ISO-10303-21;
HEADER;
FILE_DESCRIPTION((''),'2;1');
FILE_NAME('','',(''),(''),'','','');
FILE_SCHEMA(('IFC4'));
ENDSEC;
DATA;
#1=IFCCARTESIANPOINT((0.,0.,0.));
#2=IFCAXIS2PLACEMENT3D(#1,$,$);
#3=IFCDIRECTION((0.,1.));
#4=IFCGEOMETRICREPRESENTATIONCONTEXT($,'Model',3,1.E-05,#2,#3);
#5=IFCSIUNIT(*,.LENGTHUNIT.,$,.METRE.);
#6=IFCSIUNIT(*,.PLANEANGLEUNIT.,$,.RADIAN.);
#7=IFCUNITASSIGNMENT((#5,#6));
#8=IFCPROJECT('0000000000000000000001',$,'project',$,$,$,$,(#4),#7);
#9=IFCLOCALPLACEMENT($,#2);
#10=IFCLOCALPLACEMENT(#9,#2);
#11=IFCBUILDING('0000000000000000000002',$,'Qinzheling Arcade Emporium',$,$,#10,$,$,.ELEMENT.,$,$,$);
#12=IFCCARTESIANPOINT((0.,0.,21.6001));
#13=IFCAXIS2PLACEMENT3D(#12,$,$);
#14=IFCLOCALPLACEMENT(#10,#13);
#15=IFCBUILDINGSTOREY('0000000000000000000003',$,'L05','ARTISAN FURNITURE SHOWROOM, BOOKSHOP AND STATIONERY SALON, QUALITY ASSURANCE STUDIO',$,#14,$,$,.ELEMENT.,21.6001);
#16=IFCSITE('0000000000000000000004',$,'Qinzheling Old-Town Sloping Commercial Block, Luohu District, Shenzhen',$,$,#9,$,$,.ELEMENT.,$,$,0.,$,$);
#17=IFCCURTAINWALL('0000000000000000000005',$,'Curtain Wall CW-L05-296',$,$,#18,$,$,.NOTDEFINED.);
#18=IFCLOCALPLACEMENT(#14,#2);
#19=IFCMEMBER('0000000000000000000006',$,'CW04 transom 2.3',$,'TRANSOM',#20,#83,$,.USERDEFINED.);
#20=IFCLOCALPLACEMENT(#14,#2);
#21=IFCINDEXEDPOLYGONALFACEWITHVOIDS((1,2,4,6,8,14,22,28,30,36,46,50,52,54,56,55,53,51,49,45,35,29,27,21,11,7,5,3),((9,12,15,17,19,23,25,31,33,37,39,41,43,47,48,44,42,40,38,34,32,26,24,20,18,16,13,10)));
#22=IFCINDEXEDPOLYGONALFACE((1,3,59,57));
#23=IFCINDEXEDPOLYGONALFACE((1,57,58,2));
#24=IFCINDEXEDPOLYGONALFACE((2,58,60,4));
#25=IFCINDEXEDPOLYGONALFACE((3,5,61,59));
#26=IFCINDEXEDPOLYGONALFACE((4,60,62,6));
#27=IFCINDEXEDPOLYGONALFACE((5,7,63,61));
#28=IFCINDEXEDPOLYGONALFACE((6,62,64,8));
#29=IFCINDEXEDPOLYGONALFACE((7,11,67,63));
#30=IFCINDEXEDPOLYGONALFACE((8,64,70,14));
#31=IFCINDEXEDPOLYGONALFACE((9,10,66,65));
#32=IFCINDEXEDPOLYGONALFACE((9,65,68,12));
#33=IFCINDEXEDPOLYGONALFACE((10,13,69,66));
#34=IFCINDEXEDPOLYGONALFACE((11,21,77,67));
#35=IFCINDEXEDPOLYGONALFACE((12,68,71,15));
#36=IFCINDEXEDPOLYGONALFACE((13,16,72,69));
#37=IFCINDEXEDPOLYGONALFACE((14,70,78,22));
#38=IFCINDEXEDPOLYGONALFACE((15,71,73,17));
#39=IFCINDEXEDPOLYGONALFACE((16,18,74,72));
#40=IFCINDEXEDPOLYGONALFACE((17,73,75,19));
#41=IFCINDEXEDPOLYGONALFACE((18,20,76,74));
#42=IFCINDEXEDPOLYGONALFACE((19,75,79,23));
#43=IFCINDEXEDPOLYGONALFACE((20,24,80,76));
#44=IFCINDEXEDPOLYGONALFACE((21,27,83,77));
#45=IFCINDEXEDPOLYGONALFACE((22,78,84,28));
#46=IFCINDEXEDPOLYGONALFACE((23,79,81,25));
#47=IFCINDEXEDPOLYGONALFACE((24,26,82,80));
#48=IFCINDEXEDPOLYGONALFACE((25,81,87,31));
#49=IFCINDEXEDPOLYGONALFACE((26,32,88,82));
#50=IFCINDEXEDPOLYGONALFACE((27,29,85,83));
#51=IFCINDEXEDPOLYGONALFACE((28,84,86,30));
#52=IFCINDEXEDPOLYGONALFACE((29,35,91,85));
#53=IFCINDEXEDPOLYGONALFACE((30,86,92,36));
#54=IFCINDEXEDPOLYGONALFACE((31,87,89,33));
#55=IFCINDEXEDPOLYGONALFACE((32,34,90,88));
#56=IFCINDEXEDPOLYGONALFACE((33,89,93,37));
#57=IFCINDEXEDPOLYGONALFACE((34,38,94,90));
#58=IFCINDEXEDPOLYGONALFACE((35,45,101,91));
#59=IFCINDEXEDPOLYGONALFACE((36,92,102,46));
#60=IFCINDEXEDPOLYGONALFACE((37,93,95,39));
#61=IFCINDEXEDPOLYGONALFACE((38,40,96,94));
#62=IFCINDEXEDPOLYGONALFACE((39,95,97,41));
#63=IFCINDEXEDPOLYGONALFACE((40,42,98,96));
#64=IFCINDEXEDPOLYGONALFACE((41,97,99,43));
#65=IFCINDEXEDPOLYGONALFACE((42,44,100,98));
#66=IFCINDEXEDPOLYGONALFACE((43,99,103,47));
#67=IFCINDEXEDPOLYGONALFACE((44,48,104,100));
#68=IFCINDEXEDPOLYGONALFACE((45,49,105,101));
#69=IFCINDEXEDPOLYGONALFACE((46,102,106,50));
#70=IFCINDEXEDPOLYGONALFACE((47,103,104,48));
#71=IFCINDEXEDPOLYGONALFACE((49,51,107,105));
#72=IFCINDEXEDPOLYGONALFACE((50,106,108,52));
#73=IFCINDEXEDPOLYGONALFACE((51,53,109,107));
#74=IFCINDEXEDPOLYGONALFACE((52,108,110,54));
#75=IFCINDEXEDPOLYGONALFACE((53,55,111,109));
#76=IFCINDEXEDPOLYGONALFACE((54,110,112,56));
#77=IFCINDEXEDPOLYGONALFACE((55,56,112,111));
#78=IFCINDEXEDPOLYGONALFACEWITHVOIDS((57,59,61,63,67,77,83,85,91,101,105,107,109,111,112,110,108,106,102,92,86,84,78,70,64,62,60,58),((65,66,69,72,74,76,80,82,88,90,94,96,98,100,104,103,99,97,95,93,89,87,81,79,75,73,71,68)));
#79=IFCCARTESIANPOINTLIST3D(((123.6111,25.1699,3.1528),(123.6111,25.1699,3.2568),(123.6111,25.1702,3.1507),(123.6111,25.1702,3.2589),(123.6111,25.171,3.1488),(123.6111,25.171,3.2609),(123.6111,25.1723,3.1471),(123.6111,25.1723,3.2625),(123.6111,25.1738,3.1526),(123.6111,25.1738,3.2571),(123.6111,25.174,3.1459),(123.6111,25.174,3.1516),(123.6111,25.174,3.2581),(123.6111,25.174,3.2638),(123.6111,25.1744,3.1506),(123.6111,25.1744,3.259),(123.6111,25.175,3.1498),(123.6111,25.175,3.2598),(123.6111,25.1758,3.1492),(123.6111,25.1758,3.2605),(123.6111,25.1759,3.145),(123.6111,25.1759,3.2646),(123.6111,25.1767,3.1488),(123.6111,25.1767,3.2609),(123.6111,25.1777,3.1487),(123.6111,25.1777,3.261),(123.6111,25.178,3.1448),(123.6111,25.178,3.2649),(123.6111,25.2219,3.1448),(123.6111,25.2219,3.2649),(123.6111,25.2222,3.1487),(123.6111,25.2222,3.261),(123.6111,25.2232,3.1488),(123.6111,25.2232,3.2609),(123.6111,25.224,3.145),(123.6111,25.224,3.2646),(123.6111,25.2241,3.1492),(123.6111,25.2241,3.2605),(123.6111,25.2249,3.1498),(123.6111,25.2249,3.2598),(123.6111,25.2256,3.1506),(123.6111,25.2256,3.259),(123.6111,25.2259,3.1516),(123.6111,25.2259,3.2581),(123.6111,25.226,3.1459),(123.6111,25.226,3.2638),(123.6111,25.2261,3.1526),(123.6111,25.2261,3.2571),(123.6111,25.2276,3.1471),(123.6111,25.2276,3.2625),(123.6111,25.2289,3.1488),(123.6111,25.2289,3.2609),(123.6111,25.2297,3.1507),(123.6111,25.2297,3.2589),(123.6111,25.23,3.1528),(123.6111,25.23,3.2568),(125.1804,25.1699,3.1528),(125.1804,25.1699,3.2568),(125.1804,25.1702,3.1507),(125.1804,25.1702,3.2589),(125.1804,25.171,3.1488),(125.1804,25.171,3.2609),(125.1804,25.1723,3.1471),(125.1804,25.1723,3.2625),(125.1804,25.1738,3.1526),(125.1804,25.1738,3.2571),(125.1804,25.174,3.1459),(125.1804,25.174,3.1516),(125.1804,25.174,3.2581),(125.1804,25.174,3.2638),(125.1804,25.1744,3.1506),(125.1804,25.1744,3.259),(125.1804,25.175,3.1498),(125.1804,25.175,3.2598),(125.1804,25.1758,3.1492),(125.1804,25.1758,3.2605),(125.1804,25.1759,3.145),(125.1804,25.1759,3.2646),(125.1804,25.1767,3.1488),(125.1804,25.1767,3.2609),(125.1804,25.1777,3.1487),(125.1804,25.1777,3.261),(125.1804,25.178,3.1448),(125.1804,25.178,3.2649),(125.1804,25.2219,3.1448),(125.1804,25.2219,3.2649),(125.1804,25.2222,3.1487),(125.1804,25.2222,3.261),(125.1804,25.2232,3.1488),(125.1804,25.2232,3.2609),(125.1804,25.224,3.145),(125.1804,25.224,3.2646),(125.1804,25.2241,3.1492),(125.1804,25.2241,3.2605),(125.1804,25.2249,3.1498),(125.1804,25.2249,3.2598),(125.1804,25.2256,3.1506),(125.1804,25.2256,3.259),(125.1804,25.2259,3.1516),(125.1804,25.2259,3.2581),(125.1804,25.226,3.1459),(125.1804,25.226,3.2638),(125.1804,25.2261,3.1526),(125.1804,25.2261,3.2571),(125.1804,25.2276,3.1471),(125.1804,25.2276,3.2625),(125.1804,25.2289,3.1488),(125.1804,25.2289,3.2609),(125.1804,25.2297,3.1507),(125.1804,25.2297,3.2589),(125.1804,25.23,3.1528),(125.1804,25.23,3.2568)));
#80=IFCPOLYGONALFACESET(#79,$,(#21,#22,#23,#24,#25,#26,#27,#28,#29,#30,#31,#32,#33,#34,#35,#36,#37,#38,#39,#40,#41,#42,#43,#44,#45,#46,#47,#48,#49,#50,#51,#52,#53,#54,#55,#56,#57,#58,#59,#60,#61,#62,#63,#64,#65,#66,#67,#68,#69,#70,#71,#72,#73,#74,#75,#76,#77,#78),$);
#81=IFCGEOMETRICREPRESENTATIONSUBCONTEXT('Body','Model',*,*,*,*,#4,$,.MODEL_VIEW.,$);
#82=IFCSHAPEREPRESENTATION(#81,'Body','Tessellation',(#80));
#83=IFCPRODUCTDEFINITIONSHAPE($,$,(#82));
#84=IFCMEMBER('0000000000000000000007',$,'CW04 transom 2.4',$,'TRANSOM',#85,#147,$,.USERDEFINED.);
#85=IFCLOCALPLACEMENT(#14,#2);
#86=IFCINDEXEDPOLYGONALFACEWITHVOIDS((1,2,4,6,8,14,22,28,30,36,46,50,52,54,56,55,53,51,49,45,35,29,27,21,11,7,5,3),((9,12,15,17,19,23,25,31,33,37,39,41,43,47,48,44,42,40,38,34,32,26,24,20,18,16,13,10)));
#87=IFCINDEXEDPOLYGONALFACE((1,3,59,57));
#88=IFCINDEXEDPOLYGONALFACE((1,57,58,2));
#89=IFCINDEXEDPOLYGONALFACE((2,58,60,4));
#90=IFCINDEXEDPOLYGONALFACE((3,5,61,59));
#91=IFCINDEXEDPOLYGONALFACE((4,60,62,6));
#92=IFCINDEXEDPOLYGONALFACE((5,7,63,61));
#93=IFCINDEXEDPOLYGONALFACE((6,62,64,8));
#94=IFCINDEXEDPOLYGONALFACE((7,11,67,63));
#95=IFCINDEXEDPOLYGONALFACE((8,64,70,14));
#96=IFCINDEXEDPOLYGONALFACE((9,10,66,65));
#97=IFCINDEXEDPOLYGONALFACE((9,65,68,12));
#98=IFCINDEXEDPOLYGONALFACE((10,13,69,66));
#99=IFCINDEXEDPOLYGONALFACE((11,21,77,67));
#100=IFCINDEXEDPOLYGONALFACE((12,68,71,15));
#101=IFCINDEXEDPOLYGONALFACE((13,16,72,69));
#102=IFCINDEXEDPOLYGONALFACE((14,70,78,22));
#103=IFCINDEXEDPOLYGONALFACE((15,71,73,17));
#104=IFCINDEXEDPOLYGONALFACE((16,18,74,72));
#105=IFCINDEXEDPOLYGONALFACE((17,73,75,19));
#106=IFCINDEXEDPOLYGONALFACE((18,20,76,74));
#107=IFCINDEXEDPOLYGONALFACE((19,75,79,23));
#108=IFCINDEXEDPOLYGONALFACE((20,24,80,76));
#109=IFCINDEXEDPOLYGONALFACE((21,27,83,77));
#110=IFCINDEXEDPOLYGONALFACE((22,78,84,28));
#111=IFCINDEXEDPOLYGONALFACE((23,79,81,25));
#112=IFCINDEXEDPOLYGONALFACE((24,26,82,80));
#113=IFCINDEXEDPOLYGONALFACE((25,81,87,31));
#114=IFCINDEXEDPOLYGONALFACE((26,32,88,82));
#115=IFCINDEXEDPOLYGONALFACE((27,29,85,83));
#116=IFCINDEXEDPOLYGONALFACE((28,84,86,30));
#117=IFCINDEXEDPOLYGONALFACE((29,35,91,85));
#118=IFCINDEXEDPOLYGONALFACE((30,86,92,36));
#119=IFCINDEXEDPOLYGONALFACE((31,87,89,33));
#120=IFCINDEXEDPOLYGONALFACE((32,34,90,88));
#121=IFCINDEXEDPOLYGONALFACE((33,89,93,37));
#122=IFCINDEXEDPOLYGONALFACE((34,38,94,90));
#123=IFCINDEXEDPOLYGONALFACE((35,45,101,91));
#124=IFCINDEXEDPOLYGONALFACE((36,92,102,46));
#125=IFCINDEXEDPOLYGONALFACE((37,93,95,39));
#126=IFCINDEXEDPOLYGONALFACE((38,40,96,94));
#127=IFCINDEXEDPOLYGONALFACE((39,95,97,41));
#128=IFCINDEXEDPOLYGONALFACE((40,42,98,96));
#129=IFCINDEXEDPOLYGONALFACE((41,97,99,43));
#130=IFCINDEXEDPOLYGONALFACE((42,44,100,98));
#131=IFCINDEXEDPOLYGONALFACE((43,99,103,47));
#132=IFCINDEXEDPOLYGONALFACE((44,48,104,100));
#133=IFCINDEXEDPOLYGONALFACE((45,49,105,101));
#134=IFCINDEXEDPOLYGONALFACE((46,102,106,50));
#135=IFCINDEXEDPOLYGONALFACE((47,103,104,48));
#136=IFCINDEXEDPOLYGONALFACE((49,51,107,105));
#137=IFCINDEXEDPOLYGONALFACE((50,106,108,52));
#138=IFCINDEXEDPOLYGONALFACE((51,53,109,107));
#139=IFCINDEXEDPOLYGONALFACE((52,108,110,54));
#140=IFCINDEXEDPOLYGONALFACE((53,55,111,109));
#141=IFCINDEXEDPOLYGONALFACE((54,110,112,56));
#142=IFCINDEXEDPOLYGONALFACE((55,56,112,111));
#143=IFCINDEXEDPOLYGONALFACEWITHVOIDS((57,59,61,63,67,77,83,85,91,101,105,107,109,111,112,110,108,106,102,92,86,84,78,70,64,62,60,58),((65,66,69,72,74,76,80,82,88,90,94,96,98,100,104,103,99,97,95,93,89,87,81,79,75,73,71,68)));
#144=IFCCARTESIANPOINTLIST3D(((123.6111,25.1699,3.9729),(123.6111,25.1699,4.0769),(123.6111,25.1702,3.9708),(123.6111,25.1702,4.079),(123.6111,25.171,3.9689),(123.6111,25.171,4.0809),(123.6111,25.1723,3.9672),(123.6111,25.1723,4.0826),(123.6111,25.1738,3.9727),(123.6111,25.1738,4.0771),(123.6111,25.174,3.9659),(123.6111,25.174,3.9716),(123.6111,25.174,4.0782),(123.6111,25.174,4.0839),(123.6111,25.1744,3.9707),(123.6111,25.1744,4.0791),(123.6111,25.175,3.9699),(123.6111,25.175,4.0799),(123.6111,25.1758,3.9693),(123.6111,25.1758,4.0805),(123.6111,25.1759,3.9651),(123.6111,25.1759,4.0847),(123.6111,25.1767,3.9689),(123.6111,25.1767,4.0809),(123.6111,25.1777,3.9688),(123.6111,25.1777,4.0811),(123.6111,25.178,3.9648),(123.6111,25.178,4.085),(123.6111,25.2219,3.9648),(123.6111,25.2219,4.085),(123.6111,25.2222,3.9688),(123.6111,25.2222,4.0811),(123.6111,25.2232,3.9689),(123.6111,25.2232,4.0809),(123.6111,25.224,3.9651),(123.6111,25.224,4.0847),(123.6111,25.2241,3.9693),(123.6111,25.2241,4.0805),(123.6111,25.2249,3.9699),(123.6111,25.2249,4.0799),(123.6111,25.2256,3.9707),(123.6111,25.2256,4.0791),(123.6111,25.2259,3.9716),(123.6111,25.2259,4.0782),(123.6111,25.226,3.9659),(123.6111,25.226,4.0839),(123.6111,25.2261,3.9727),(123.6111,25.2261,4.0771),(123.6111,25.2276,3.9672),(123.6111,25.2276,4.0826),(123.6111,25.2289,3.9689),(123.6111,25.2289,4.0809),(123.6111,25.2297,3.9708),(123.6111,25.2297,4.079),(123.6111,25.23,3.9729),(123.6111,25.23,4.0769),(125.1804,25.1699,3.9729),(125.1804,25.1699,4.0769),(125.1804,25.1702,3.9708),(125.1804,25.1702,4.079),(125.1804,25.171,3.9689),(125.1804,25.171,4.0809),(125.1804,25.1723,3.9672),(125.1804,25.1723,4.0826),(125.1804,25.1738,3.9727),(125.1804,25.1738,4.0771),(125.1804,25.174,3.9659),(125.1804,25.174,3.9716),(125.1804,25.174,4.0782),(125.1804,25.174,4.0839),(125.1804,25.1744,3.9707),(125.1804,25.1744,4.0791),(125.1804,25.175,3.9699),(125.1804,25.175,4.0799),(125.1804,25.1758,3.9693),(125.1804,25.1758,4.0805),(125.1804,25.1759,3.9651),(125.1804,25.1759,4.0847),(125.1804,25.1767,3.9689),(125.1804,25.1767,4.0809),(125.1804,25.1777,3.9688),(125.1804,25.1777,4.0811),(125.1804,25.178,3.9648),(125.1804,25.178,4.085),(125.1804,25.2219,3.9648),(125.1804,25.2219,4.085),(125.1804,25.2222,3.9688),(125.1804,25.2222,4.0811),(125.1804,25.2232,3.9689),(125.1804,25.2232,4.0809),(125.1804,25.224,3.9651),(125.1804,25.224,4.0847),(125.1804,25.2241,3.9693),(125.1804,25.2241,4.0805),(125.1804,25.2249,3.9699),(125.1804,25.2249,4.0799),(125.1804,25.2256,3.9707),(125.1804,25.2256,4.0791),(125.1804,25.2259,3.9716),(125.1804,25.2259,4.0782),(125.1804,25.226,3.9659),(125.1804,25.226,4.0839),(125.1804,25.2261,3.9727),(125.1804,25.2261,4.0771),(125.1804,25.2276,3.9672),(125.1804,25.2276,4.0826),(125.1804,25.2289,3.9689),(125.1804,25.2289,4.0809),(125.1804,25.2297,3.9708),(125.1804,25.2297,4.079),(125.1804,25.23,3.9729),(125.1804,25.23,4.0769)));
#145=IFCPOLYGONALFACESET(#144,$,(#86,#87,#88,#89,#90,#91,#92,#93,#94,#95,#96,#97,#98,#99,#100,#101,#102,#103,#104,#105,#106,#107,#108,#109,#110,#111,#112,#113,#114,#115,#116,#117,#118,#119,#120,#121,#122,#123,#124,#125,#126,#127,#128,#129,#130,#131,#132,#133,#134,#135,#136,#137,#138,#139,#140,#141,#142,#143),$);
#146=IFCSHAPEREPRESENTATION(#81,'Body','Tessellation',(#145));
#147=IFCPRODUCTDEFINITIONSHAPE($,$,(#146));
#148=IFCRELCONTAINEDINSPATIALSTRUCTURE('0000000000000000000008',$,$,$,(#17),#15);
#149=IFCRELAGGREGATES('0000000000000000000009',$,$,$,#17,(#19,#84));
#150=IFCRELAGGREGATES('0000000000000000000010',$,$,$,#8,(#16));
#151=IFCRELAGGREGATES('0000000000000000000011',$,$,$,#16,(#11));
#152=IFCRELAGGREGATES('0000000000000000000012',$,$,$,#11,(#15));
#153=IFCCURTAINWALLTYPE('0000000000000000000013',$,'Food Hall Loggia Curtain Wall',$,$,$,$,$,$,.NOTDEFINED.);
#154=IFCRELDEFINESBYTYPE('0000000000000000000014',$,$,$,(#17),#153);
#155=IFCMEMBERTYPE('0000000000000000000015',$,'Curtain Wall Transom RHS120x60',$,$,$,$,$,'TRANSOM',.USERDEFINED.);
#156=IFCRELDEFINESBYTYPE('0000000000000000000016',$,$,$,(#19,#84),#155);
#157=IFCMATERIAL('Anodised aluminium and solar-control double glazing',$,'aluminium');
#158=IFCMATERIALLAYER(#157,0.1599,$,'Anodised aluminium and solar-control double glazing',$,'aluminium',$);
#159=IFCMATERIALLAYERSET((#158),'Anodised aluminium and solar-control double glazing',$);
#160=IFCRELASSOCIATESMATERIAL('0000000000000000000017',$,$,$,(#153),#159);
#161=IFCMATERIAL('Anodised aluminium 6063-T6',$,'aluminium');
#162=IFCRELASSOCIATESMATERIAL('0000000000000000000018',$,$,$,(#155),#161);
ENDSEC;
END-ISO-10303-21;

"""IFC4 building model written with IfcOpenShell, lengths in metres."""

from ifc_helpers import new_model, si_unit, direction, frame, origin, origin_2d, place, context, subcontext, project, spatial, hollow_rectangle, extrude, material, layer, layer_set, material_profile, profile_set, type_object, element, aggregate, save


model = new_model("IFC4")

# Units and contexts
model_context = context("Model", 3, precision=1e-05, world=origin(), true_north=direction((0.0, 1.0)))
body_context = subcontext(model_context, "Body", "Model", "MODEL_VIEW")
ifc_project = project(units=[si_unit("LENGTHUNIT", "METRE"), si_unit("PLANEANGLEUNIT", "RADIAN")], contexts=[model_context])

# Site, building, storey
site_placement = place(None, origin())
site = spatial("IfcSite", under=ifc_project, at=site_placement, Name="Qinzheling Old-Town Sloping Commercial Block, Luohu District, Shenzhen", CompositionType="ELEMENT", RefElevation=0.0)
building_placement = place(site_placement, origin())
building = spatial("IfcBuilding", under=site, at=building_placement, Name="Qinzheling Arcade Emporium", CompositionType="ELEMENT")
storey_placement = place(building_placement, frame((0.0, 0.0, 21.6001)))
storey = spatial("IfcBuildingStorey", under=building, at=storey_placement, Name="L05", Description="ARTISAN FURNITURE SHOWROOM, BOOKSHOP AND STATIONERY SALON, QUALITY ASSURANCE STUDIO", CompositionType="ELEMENT", Elevation=21.6001)

# Curtain wall, members
ifc_material_1 = material(Name="Anodised aluminium and solar-control double glazing", Category="aluminium")
ifc_layer_1 = layer(ifc_material_1, 0.1599, Name="Anodised aluminium and solar-control double glazing", Category="aluminium")
ifc_layer_set_1 = layer_set([ifc_layer_1], Name="Anodised aluminium and solar-control double glazing")
curtain_wall_type = type_object("IfcCurtainWallType", Name="Food Hall Loggia Curtain Wall", PredefinedType="NOTDEFINED", material=ifc_layer_set_1)
curtain_wall_placement = place(storey_placement, origin())
curtain_wall = element("IfcCurtainWall", 1, at=curtain_wall_placement, inside=storey, type_object=curtain_wall_type, Name="Curtain Wall CW-L05-296", PredefinedType="NOTDEFINED")
ifc_material_2 = material(Name="Anodised aluminium 6063-T6", Category="aluminium")
ifc_material_profile_1 = material_profile(ifc_material_2, hollow_rectangle(XDim=0.0601, YDim=0.1201, WallThickness=0.0039, InnerFilletRadius=0.0039, OuterFilletRadius=0.0081, at=origin_2d()), Name="RHS 120x60x4", Category="aluminium")
ifc_profile_set_1 = profile_set([ifc_material_profile_1], Name="Anodised aluminium 6063-T6")
member_type_1 = type_object("IfcMemberType", Name="Curtain Wall Transom RHS120x60", ElementType="TRANSOM", PredefinedType="USERDEFINED", material=ifc_profile_set_1)
member_1_placement = place(storey_placement, frame((123.6111, 25.2, 3.2048), z_axis=(1.0, 0.0, 0.0), x_axis=(0.0, 1.0, 0.0)))
member_1 = element("IfcMember", 2, at=member_1_placement, type_object=member_type_1, Name="CW04 transom 2.3", ObjectType="TRANSOM", PredefinedType="USERDEFINED", context=body_context, shape_type="SweptSolid", body=[
    extrude(hollow_rectangle(XDim=0.0601, YDim=0.1201, WallThickness=0.0039, InnerFilletRadius=0.0039, OuterFilletRadius=0.0081, at=origin_2d()), origin(), (0.0, 0.0, 1.0), 1.5693),
])
member_2_placement = place(storey_placement, frame((123.6111, 25.2, 4.0249), z_axis=(1.0, 0.0, 0.0), x_axis=(0.0, 1.0, 0.0)))
member_2 = element("IfcMember", 3, at=member_2_placement, type_object=member_type_1, Name="CW04 transom 2.4", ObjectType="TRANSOM", PredefinedType="USERDEFINED", context=body_context, shape_type="SweptSolid", body=[
    extrude(hollow_rectangle(XDim=0.0601, YDim=0.1201, WallThickness=0.0039, InnerFilletRadius=0.0039, OuterFilletRadius=0.0081, at=origin_2d()), origin(), (0.0, 0.0, 1.0), 1.5693),
])

aggregate(curtain_wall, [member_1, member_2])

save(model, "model.ifc")
